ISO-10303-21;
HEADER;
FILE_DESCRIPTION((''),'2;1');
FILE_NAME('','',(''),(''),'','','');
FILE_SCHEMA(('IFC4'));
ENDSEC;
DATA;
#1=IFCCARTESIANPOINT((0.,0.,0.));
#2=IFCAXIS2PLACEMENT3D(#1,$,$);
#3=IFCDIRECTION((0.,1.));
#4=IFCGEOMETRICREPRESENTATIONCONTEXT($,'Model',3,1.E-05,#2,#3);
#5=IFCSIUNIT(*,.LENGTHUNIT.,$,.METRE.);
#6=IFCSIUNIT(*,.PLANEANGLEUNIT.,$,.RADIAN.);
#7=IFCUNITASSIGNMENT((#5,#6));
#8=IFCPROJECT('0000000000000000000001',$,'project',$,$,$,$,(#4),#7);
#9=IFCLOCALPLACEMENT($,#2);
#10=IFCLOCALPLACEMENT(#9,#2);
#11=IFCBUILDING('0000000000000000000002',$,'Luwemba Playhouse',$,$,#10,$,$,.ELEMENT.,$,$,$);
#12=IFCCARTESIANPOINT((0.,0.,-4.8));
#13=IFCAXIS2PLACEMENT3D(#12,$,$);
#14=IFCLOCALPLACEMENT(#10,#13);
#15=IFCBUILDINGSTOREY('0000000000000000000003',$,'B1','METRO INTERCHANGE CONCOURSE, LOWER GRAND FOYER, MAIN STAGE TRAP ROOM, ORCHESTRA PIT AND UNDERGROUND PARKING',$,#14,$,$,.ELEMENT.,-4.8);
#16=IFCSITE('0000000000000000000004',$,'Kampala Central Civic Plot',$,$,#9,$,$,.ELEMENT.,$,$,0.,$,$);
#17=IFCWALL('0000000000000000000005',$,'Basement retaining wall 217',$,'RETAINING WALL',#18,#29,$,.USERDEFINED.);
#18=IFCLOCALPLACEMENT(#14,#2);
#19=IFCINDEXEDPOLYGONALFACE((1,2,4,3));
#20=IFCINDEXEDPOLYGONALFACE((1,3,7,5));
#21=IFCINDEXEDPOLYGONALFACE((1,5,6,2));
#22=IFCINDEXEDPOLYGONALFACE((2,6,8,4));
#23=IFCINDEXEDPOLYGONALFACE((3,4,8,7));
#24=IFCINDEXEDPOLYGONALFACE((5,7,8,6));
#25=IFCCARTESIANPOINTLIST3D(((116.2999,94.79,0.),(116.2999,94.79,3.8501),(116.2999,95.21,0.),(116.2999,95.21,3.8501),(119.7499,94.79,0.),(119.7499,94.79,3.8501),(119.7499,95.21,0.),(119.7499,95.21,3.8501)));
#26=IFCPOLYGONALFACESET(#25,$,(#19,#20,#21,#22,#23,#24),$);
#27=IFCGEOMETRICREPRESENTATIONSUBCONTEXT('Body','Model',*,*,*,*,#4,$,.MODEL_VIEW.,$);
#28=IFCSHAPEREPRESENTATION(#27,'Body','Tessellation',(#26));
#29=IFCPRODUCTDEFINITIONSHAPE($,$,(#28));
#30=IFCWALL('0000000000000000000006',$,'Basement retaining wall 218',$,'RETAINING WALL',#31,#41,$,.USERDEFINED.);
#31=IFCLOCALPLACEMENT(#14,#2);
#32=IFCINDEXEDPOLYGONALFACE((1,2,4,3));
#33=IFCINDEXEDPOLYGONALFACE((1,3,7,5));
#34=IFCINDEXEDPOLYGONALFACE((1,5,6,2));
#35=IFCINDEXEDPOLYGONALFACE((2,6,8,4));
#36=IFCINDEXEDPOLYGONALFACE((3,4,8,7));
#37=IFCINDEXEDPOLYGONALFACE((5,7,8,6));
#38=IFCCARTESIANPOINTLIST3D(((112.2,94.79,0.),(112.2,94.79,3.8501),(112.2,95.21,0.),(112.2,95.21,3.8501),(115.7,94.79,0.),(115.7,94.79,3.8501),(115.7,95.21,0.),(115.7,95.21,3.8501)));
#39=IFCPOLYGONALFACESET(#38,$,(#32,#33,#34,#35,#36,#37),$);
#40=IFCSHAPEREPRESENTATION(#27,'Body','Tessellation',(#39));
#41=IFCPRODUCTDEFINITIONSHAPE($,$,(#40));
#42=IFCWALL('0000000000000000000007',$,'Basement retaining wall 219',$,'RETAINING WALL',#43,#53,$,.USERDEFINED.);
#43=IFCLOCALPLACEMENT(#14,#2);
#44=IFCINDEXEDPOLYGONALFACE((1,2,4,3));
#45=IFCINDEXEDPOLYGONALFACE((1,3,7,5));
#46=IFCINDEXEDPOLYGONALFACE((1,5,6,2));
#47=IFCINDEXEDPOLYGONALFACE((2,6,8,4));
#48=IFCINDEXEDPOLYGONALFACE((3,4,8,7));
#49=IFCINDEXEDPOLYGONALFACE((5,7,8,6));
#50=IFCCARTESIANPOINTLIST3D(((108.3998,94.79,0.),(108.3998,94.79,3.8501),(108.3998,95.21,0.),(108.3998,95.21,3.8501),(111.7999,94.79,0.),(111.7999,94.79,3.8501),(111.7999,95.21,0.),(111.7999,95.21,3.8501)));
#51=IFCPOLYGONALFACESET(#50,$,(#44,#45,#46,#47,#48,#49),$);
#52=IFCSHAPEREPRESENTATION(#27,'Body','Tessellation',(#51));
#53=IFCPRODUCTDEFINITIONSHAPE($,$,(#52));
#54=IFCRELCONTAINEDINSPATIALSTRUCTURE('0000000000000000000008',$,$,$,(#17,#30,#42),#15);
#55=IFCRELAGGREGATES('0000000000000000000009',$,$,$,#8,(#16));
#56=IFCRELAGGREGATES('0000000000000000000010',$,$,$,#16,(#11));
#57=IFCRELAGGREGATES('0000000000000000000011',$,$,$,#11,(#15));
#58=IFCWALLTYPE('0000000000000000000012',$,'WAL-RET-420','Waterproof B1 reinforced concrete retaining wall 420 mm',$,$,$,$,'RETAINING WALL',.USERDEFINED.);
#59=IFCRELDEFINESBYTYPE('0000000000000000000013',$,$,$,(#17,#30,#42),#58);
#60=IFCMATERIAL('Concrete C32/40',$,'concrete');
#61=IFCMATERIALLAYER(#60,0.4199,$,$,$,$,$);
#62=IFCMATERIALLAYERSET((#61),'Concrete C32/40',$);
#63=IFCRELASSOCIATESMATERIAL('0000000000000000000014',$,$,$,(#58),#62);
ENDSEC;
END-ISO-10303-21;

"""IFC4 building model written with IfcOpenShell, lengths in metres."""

from ifc_helpers import new_model, si_unit, direction, frame, frame_2d, origin, place, context, subcontext, project, spatial, rectangle, extrude, material, layer, layer_set, type_object, element, save


model = new_model("IFC4")

# Units and contexts
model_context = context("Model", 3, precision=1e-05, world=origin(), true_north=direction((0.0, 1.0)))
body_context = subcontext(model_context, "Body", "Model", "MODEL_VIEW")
ifc_project = project(units=[si_unit("LENGTHUNIT", "METRE"), si_unit("PLANEANGLEUNIT", "RADIAN")], contexts=[model_context])

# Site, building, storey
site_placement = place(None, origin())
site = spatial("IfcSite", under=ifc_project, at=site_placement, Name="Kampala Central Civic Plot", CompositionType="ELEMENT", RefElevation=0.0)
building_placement = place(site_placement, origin())
building = spatial("IfcBuilding", under=site, at=building_placement, Name="Luwemba Playhouse", CompositionType="ELEMENT")
storey_placement = place(building_placement, frame((0.0, 0.0, -4.8)))
storey = spatial("IfcBuildingStorey", under=building, at=storey_placement, Name="B1", Description="METRO INTERCHANGE CONCOURSE, LOWER GRAND FOYER, MAIN STAGE TRAP ROOM, ORCHESTRA PIT AND UNDERGROUND PARKING", CompositionType="ELEMENT", Elevation=-4.8)

# Shared definitions
ifc_material_1 = material(Name="Concrete C32/40", Category="concrete")

# Walls
ifc_layer = layer(ifc_material_1, 0.4199)
ifc_layer_set = layer_set([ifc_layer], Name="Concrete C32/40")
wall_type = type_object("IfcWallType", Name="WAL-RET-420", Description="Waterproof B1 reinforced concrete retaining wall 420 mm", ElementType="RETAINING WALL", PredefinedType="USERDEFINED", material=ifc_layer_set)
wall_1_placement = place(storey_placement, frame((119.75, 95.0, 0.0), z_axis=(0.0, 0.0, 1.0), x_axis=(-1.0, 0.0, 0.0)))
element("IfcWall", 1, at=wall_1_placement, inside=storey, type_object=wall_type, Name="Basement retaining wall 217", ObjectType="RETAINING WALL", PredefinedType="USERDEFINED", context=body_context, shape_type="SweptSolid", body=[
    extrude(rectangle(XDim=3.45, YDim=0.4199, at=frame_2d((1.7251, 0.0))), origin(), (0.0, 0.0, 1.0), 3.8501),
])
wall_2_placement = place(storey_placement, frame((115.7, 95.0, 0.0), z_axis=(0.0, 0.0, 1.0), x_axis=(-1.0, 0.0, 0.0)))
element("IfcWall", 2, at=wall_2_placement, inside=storey, type_object=wall_type, Name="Basement retaining wall 218", ObjectType="RETAINING WALL", PredefinedType="USERDEFINED", context=body_context, shape_type="SweptSolid", body=[
    extrude(rectangle(XDim=3.5, YDim=0.4199, at=frame_2d((1.75, 0.0))), origin(), (0.0, 0.0, 1.0), 3.8501),
])
wall_3_placement = place(storey_placement, frame((111.8, 95.0, 0.0), z_axis=(0.0, 0.0, 1.0), x_axis=(-1.0, 0.0, 0.0)))
element("IfcWall", 3, at=wall_3_placement, inside=storey, type_object=wall_type, Name="Basement retaining wall 219", ObjectType="RETAINING WALL", PredefinedType="USERDEFINED", context=body_context, shape_type="SweptSolid", body=[
    extrude(rectangle(XDim=3.4001, YDim=0.4199, at=frame_2d((1.7002, 0.0))), origin(), (0.0, 0.0, 1.0), 3.8501),
])

save(model, "model.ifc")
